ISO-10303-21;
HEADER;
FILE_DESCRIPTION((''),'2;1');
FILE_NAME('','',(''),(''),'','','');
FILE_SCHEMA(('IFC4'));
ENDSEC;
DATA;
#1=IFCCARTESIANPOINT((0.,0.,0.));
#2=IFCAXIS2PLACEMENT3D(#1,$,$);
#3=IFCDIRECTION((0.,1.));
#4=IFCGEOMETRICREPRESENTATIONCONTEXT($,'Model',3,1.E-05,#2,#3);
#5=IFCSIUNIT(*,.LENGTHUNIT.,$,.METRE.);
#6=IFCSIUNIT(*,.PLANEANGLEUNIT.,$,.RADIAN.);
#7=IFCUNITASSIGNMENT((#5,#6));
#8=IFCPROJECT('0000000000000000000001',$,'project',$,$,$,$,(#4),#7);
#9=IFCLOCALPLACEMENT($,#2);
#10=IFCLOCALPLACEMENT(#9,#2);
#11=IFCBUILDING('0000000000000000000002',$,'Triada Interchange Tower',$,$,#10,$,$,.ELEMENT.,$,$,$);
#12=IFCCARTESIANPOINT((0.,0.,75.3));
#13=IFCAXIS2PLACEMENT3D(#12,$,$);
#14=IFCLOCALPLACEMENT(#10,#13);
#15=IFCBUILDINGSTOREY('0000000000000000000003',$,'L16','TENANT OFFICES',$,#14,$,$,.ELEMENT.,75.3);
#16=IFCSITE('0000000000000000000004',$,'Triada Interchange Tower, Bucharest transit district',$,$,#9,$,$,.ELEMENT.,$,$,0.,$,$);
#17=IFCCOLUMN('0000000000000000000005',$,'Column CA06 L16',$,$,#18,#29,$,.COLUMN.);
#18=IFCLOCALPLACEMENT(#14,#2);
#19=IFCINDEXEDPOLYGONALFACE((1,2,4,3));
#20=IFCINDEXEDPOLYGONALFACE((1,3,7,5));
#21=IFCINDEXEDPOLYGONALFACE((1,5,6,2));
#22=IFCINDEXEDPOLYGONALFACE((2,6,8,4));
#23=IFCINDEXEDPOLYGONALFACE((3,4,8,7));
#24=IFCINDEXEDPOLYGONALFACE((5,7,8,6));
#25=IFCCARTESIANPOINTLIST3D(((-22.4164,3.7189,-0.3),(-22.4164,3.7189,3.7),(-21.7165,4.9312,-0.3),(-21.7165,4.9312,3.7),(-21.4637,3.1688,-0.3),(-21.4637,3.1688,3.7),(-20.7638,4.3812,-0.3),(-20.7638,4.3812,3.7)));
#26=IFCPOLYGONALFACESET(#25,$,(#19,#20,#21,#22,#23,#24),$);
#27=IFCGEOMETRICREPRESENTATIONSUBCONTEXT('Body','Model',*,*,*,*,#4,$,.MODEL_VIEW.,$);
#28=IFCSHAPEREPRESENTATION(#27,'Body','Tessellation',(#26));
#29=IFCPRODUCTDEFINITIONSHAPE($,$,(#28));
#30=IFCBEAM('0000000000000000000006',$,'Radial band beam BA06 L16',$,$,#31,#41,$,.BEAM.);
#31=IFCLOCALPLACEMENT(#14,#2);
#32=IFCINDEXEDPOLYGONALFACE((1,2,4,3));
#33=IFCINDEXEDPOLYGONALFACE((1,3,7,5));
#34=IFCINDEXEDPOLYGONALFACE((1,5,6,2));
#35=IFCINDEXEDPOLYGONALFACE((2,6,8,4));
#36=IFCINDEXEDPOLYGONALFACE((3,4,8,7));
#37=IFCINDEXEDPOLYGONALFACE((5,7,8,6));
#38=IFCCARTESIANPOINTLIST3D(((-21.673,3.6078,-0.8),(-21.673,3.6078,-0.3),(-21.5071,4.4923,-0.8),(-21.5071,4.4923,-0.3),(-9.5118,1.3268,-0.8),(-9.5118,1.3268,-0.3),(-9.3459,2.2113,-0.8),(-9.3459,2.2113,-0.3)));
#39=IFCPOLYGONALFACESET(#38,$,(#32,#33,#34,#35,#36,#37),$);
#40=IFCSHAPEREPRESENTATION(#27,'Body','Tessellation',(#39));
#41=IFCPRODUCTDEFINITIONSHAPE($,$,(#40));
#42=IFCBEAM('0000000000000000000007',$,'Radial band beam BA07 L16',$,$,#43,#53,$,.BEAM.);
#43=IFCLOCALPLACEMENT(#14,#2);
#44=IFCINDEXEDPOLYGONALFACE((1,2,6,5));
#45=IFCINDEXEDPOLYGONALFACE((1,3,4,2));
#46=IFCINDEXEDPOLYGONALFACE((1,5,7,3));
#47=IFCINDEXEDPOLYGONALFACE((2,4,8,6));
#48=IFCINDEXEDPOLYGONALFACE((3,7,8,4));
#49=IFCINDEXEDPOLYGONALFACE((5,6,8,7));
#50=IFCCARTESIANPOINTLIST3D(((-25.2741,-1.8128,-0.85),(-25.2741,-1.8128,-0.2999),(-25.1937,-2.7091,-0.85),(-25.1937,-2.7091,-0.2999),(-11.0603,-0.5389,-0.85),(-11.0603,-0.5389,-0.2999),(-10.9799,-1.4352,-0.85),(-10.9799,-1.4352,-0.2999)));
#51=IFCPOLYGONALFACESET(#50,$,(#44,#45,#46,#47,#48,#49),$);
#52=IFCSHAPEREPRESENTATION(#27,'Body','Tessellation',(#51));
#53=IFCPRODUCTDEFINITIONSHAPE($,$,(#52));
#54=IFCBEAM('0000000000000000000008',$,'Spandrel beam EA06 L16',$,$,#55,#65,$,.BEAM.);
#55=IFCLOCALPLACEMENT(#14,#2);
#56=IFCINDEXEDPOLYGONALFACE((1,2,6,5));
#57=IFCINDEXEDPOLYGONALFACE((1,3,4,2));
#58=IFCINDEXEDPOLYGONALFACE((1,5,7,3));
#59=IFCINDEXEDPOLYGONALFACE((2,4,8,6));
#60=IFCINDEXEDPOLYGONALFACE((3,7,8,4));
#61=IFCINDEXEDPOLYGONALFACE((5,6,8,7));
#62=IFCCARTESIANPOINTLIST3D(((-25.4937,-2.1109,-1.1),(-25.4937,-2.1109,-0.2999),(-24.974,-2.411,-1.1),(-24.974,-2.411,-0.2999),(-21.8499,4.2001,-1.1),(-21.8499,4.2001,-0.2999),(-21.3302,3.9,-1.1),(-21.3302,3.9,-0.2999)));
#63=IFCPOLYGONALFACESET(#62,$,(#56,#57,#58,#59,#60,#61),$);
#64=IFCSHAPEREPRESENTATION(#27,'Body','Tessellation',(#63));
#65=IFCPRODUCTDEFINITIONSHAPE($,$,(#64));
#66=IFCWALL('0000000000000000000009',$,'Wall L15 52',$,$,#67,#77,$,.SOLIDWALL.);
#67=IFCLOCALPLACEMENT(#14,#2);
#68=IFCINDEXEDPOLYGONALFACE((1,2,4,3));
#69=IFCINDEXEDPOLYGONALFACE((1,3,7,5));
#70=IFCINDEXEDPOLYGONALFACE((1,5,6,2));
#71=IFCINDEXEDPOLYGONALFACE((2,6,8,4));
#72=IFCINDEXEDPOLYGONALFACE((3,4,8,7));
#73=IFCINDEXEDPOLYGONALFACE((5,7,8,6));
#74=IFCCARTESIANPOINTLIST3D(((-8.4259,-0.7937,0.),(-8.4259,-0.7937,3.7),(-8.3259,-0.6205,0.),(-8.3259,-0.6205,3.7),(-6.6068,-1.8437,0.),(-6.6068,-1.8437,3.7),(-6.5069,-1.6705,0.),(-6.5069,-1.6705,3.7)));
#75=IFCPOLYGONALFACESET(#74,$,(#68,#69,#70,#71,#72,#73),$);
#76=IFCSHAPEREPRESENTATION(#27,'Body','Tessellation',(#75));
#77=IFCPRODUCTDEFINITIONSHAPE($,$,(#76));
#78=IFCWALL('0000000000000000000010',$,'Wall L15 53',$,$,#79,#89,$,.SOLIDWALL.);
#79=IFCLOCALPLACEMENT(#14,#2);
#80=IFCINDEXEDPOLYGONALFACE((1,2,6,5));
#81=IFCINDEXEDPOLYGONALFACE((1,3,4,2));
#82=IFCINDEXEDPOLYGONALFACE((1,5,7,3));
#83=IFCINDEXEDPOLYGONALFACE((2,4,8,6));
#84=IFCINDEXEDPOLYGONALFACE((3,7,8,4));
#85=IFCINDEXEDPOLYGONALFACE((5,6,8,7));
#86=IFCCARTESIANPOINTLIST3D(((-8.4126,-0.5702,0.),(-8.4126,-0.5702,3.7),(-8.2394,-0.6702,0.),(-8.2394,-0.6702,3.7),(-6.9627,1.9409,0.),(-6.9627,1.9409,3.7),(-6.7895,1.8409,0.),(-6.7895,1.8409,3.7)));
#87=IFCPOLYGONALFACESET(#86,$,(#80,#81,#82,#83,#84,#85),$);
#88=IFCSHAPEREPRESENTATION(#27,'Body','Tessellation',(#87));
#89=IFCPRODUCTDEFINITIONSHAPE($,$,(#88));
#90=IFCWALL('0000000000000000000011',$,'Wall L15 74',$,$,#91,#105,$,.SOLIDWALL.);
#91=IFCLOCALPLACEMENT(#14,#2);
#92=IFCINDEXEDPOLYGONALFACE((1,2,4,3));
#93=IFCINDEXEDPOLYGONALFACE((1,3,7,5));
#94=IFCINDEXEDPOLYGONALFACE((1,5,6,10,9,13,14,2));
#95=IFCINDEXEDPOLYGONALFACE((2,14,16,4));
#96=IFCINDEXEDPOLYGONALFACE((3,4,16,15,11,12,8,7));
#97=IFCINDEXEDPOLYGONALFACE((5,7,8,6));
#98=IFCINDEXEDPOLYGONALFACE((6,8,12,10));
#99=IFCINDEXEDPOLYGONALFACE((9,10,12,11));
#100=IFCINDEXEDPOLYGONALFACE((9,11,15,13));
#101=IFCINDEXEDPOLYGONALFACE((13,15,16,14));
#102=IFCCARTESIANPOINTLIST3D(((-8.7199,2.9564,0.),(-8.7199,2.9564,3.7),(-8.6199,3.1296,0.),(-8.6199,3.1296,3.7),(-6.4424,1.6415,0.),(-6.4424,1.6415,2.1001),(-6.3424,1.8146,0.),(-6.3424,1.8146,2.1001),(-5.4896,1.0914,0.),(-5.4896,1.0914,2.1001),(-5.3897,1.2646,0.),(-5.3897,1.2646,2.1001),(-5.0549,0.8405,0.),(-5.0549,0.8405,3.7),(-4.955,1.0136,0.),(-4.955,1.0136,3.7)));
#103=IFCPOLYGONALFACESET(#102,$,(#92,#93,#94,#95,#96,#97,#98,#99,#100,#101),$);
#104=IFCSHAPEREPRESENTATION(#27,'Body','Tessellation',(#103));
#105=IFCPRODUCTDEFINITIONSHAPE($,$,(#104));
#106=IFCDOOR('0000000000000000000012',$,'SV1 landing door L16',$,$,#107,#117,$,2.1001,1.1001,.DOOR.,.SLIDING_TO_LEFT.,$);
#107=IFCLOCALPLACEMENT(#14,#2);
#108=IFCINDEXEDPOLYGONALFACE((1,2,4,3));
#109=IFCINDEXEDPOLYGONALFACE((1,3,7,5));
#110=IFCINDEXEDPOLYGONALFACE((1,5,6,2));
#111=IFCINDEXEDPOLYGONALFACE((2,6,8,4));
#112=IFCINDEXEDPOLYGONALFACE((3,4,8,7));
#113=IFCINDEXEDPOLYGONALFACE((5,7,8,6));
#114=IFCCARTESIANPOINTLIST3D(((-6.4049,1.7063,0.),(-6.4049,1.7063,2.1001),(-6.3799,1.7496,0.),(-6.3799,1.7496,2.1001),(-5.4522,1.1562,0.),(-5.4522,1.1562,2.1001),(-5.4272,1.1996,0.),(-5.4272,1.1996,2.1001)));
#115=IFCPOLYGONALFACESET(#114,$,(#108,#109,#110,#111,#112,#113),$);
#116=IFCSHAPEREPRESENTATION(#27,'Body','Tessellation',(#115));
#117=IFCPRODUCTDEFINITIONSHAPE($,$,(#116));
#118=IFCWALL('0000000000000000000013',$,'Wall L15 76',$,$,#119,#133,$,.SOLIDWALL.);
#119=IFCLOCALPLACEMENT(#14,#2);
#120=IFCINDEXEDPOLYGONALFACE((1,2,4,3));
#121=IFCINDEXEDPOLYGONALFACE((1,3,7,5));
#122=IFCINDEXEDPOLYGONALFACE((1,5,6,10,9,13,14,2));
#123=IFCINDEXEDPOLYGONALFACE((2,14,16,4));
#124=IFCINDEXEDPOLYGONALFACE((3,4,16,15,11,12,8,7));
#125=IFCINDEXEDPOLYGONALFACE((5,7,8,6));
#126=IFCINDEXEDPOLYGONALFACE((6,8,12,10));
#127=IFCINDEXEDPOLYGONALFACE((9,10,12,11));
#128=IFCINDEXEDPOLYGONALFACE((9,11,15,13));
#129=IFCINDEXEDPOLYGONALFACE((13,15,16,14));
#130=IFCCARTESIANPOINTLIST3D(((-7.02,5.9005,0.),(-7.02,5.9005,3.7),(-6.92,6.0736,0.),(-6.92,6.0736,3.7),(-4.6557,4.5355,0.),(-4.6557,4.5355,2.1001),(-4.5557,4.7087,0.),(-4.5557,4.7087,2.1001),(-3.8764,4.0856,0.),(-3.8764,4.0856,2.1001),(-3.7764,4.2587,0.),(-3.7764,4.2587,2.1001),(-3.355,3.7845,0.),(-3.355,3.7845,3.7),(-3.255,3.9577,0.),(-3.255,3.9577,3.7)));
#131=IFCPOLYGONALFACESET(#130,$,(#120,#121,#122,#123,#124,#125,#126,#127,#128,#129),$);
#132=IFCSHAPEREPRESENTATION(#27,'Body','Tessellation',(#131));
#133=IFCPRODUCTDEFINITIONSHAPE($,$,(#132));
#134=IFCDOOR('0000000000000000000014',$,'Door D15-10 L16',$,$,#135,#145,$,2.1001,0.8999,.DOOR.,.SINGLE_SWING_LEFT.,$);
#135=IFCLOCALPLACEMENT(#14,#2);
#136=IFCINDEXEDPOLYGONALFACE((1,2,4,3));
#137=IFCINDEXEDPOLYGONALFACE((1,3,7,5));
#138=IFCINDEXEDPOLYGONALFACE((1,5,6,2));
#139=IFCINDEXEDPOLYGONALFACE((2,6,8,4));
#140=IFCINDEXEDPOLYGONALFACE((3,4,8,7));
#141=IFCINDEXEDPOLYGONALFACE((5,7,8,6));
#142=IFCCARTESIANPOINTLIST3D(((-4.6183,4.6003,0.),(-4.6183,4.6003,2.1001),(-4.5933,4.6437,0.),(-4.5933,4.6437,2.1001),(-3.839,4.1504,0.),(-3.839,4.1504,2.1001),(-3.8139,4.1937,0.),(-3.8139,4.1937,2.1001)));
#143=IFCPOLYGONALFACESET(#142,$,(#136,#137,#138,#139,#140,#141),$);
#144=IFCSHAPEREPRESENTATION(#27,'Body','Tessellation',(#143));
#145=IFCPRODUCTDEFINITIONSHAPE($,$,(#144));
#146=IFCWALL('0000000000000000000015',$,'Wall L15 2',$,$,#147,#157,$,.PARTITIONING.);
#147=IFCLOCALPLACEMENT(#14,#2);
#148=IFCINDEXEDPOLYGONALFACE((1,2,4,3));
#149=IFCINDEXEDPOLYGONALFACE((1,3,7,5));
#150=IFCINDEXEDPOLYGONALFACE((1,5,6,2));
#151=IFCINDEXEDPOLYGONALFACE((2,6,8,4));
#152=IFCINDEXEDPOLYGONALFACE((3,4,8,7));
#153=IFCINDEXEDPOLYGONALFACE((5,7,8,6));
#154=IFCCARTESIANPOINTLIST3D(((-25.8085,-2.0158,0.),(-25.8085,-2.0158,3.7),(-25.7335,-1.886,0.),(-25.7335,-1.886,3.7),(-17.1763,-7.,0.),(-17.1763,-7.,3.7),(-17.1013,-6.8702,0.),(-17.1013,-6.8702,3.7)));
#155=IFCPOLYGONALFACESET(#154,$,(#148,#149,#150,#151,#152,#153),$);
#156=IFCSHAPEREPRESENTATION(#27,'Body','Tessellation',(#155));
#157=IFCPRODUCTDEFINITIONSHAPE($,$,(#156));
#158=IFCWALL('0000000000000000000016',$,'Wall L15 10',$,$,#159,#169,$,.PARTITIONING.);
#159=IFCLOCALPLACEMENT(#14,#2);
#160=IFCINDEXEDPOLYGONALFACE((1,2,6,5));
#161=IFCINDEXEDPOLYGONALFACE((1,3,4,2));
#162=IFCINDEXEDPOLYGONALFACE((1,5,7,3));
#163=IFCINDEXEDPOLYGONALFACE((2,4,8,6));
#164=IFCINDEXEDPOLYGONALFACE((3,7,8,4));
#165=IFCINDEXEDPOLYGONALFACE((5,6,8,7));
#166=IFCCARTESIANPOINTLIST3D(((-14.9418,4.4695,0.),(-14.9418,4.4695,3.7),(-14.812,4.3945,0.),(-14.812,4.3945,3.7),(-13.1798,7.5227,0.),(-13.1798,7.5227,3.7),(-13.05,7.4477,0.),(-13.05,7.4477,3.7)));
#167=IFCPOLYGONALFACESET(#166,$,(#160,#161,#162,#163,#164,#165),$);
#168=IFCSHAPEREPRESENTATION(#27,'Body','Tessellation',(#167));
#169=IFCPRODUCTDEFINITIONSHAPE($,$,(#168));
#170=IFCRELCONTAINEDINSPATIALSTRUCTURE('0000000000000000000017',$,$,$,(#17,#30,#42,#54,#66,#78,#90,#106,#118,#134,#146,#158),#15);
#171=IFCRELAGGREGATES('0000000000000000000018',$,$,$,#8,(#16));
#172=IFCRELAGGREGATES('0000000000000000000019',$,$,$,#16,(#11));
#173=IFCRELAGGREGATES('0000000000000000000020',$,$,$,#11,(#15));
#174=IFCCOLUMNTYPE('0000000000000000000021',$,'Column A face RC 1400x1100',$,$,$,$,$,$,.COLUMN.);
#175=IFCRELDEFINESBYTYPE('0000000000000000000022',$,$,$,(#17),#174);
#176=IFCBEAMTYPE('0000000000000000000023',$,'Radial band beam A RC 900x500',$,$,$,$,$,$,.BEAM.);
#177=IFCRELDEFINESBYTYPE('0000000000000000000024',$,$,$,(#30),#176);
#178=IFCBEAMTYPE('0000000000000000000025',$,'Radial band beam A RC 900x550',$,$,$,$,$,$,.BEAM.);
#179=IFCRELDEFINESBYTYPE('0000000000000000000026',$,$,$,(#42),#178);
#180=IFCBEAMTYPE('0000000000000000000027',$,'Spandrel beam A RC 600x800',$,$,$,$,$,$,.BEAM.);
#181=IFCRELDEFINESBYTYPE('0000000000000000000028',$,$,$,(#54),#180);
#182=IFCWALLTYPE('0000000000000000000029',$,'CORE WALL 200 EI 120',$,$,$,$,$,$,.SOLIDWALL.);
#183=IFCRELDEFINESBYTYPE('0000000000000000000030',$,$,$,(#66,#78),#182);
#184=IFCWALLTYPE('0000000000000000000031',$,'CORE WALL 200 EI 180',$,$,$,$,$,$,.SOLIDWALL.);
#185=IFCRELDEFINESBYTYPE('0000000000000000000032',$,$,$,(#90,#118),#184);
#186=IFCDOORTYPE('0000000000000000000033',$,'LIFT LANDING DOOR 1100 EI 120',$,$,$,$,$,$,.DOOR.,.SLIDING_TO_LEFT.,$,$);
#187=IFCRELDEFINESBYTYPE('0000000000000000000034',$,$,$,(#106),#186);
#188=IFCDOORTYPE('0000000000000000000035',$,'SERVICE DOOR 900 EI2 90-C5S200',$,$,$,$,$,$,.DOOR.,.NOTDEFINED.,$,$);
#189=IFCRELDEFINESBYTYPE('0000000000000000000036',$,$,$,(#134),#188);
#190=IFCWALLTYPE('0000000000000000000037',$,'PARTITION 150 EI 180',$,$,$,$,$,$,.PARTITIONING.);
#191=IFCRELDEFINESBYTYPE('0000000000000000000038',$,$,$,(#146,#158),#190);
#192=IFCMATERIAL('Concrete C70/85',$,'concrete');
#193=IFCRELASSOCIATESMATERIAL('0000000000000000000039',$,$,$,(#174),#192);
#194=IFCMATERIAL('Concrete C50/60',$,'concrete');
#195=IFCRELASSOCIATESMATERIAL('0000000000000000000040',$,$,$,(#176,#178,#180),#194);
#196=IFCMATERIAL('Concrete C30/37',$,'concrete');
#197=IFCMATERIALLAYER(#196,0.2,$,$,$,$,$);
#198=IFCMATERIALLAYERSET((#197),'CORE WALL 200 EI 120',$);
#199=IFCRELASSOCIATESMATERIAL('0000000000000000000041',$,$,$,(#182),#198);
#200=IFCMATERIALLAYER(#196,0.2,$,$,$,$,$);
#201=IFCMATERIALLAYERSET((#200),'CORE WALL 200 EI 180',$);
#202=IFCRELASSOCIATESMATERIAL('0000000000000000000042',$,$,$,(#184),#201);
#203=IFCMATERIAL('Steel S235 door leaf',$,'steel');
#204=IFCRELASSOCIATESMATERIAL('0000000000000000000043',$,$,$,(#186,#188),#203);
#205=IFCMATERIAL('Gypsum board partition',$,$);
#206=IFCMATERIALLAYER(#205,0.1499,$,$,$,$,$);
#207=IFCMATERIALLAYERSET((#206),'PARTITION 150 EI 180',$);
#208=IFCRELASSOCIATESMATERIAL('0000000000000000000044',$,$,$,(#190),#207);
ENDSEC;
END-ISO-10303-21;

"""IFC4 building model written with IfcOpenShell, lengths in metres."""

from ifc_helpers import new_model, si_unit, direction, frame, frame_2d, origin, origin_2d, place, context, subcontext, project, spatial, rectangle, extrude, material, layer, layer_set, material_profile, profile_set, type_object, element, fill, save


model = new_model("IFC4")

# Units and contexts
model_context = context("Model", 3, precision=1e-05, world=origin(), true_north=direction((0.0, 1.0)))
body_context = subcontext(model_context, "Body", "Model", "MODEL_VIEW")
ifc_project = project(units=[si_unit("LENGTHUNIT", "METRE"), si_unit("PLANEANGLEUNIT", "RADIAN")], contexts=[model_context])

# Site, building, storey
site_placement = place(None, origin())
site = spatial("IfcSite", under=ifc_project, at=site_placement, Name="Triada Interchange Tower, Bucharest transit district", CompositionType="ELEMENT", RefElevation=0.0)
building_placement = place(site_placement, origin())
building = spatial("IfcBuilding", under=site, at=building_placement, Name="Triada Interchange Tower", CompositionType="ELEMENT")
storey_placement = place(building_placement, frame((0.0, 0.0, 75.3)))
storey = spatial("IfcBuildingStorey", under=building, at=storey_placement, Name="L16", Description="TENANT OFFICES", CompositionType="ELEMENT", Elevation=75.3)

# Column
ifc_material_1 = material(Name="Concrete C70/85", Category="concrete")
ifc_material_profile_1 = material_profile(ifc_material_1, rectangle(XDim=1.3999, YDim=1.1001, at=origin_2d()), Name="RC 1400x1100")
ifc_profile_set_1 = profile_set([ifc_material_profile_1], Name="Concrete C70/85")
column_type = type_object("IfcColumnType", Name="Column A face RC 1400x1100", PredefinedType="COLUMN", material=ifc_profile_set_1)
column_placement = place(storey_placement, frame((-21.5901, 4.05, -0.3), z_axis=(0.0, 0.0, 1.0), x_axis=(0.5, 0.866025, 0.0)))
element("IfcColumn", 1, at=column_placement, inside=storey, type_object=column_type, Name="Column CA06 L16", PredefinedType="COLUMN", context=body_context, shape_type="SweptSolid", body=[
    extrude(rectangle(XDim=1.3999, YDim=1.1001, at=origin_2d()), origin(), (0.0, 0.0, 1.0), 4.0),
])

# Beams
ifc_material_2 = material(Name="Concrete C50/60", Category="concrete")
ifc_material_profile_2 = material_profile(ifc_material_2, rectangle(XDim=0.8999, YDim=0.5, at=origin_2d()), Name="RC 900x500")
ifc_profile_set_2 = profile_set([ifc_material_profile_2], Name="Concrete C50/60")
beam_type_1 = type_object("IfcBeamType", Name="Radial band beam A RC 900x500", PredefinedType="BEAM", material=ifc_profile_set_2)
beam_1_placement = place(storey_placement, frame((-21.5901, 4.05, -0.55), z_axis=(0.982861, -0.18435, 0.0), x_axis=(0.18435, 0.982861, 0.0)))
element("IfcBeam", 2, at=beam_1_placement, inside=storey, type_object=beam_type_1, Name="Radial band beam BA06 L16", PredefinedType="BEAM", context=body_context, shape_type="SweptSolid", body=[
    extrude(rectangle(XDim=0.8999, YDim=0.5, at=origin_2d()), origin(), (0.0, 0.0, 1.0), 12.3733),
])
ifc_material_profile_3 = material_profile(ifc_material_2, rectangle(XDim=0.8999, YDim=0.55, at=origin_2d()), Name="RC 900x550")
ifc_profile_set_3 = profile_set([ifc_material_profile_3], Name="Concrete C50/60")
beam_type_2 = type_object("IfcBeamType", Name="Radial band beam A RC 900x550", PredefinedType="BEAM", material=ifc_profile_set_3)
beam_2_placement = place(storey_placement, frame((-25.2339, -2.261, -0.575), z_axis=(0.996008, 0.089268, 0.0), x_axis=(-0.089268, 0.996008, 0.0)))
element("IfcBeam", 3, at=beam_2_placement, inside=storey, type_object=beam_type_2, Name="Radial band beam BA07 L16", PredefinedType="BEAM", context=body_context, shape_type="SweptSolid", body=[
    extrude(rectangle(XDim=0.8999, YDim=0.55, at=origin_2d()), origin(), (0.0, 0.0, 1.0), 14.2708),
])
ifc_material_profile_4 = material_profile(ifc_material_2, rectangle(XDim=0.6001, YDim=0.8, at=origin_2d()), Name="RC 600x800")
ifc_profile_set_4 = profile_set([ifc_material_profile_4], Name="Concrete C50/60")
beam_type_3 = type_object("IfcBeamType", Name="Spandrel beam A RC 600x800", PredefinedType="BEAM", material=ifc_profile_set_4)
beam_3_placement = place(storey_placement, frame((-21.5901, 4.05, -0.7), z_axis=(-0.500012, -0.866018, 0.0), x_axis=(0.866018, -0.500012, 0.0)))
element("IfcBeam", 4, at=beam_3_placement, inside=storey, type_object=beam_type_3, Name="Spandrel beam EA06 L16", PredefinedType="BEAM", context=body_context, shape_type="SweptSolid", body=[
    extrude(rectangle(XDim=0.6001, YDim=0.8, at=origin_2d()), origin(), (0.0, 0.0, 1.0), 7.2874),
])

# Walls
ifc_material_3 = material(Name="Concrete C30/37", Category="concrete")
ifc_layer_1 = layer(ifc_material_3, 0.2)
ifc_layer_set_1 = layer_set([ifc_layer_1], Name="CORE WALL 200 EI 120")
wall_type_1 = type_object("IfcWallType", Name="CORE WALL 200 EI 120", PredefinedType="SOLIDWALL", material=ifc_layer_set_1)
wall_1_placement = place(storey_placement, frame((-8.376, -0.707, 0.0), z_axis=(0.0, 0.0, 1.0), x_axis=(0.866068, -0.499927, 0.0)))
element("IfcWall", 5, at=wall_1_placement, inside=storey, type_object=wall_type_1, Name="Wall L15 52", PredefinedType="SOLIDWALL", context=body_context, shape_type="SweptSolid", body=[
    extrude(rectangle(XDim=2.1003, YDim=0.2, at=frame_2d((1.0503, 0.0))), origin(), (0.0, 0.0, 1.0), 3.7),
])
wall_2_placement = place(storey_placement, frame((-8.3259, -0.6201, 0.0), z_axis=(0.0, 0.0, 1.0), x_axis=(0.500024, 0.866012, 0.0)))
element("IfcWall", 6, at=wall_2_placement, inside=storey, type_object=wall_type_1, Name="Wall L15 53", PredefinedType="SOLIDWALL", context=body_context, shape_type="SweptSolid", body=[
    extrude(rectangle(XDim=2.8997, YDim=0.2, at=frame_2d((1.4497, 0.0))), origin(), (0.0, 0.0, 1.0), 3.7),
])

# Walls, openings, doors
ifc_layer_2 = layer(ifc_material_3, 0.2)
ifc_layer_set_2 = layer_set([ifc_layer_2], Name="CORE WALL 200 EI 180")
wall_type_2 = type_object("IfcWallType", Name="CORE WALL 200 EI 180", PredefinedType="SOLIDWALL", material=ifc_layer_set_2)
wall_3_placement = place(storey_placement, frame((-8.6699, 3.043, 0.0), z_axis=(0.0, 0.0, 1.0), x_axis=(0.86603, -0.499992, 0.0)))
wall_3 = element("IfcWall", 7, at=wall_3_placement, inside=storey, type_object=wall_type_2, Name="Wall L15 74", PredefinedType="SOLIDWALL", context=body_context, shape_type="SweptSolid", body=[
    extrude(rectangle(XDim=4.2319, YDim=0.2, at=frame_2d((2.116, 0.0))), origin(), (0.0, 0.0, 1.0), 3.7),
])
opening_1_placement = place(wall_3_placement, frame((2.6299, 0.0, 0.0)))
opening_1 = element("IfcOpeningElement", 8, at=opening_1_placement, cuts=wall_3, PredefinedType="OPENING", context=body_context, shape_type="SweptSolid", body=[
    extrude(rectangle(XDim=1.1001, YDim=2.1001, at=frame_2d((0.55, 1.05))), frame((0.0, 0.1099, 0.0), z_axis=(0.0, -1.0, 0.0), x_axis=(1.0, 0.0, 0.0)), (0.0, 0.0, 1.0), 0.22),
])
ifc_material_4 = material(Name="Steel S235 door leaf", Category="steel")
door_type_1 = type_object("IfcDoorType", Name="LIFT LANDING DOOR 1100 EI 120", OperationType="SLIDING_TO_LEFT", PredefinedType="DOOR", material=ifc_material_4)
door_1_placement = place(opening_1_placement, origin())
door_1 = element("IfcDoor", 9, at=door_1_placement, inside=storey, type_object=door_type_1, Name="SV1 landing door L16", OperationType="SLIDING_TO_LEFT", OverallHeight=2.1001, OverallWidth=1.1001, PredefinedType="DOOR", context=body_context, shape_type="SweptSolid", body=[
    extrude(rectangle(XDim=1.1001, YDim=2.1001, at=frame_2d((0.55, 1.05))), frame((0.0, 0.0249, 0.0), z_axis=(0.0, -1.0, 0.0), x_axis=(1.0, 0.0, 0.0)), (0.0, 0.0, 1.0), 0.05),
])
fill(opening_1, door_1)
wall_4_placement = place(storey_placement, frame((-6.97, 5.9871, 0.0), z_axis=(0.0, 0.0, 1.0), x_axis=(0.86603, -0.499992, 0.0)))
wall_4 = element("IfcWall", 10, at=wall_4_placement, inside=storey, type_object=wall_type_2, Name="Wall L15 76", PredefinedType="SOLIDWALL", context=body_context, shape_type="SweptSolid", body=[
    extrude(rectangle(XDim=4.2319, YDim=0.2, at=frame_2d((2.116, 0.0))), origin(), (0.0, 0.0, 1.0), 3.7),
])
opening_2_placement = place(wall_4_placement, frame((2.73, 0.0, 0.0)))
opening_2 = element("IfcOpeningElement", 11, at=opening_2_placement, cuts=wall_4, PredefinedType="OPENING", context=body_context, shape_type="SweptSolid", body=[
    extrude(rectangle(XDim=0.8999, YDim=2.1001, at=frame_2d((0.45, 1.05))), frame((0.0, 0.1099, 0.0), z_axis=(0.0, -1.0, 0.0), x_axis=(1.0, 0.0, 0.0)), (0.0, 0.0, 1.0), 0.22),
])
door_type_2 = type_object("IfcDoorType", Name="SERVICE DOOR 900 EI2 90-C5S200", OperationType="NOTDEFINED", PredefinedType="DOOR", material=ifc_material_4)
door_2_placement = place(opening_2_placement, origin())
door_2 = element("IfcDoor", 12, at=door_2_placement, inside=storey, type_object=door_type_2, Name="Door D15-10 L16", OperationType="SINGLE_SWING_LEFT", OverallHeight=2.1001, OverallWidth=0.8999, PredefinedType="DOOR", context=body_context, shape_type="SweptSolid", body=[
    extrude(rectangle(XDim=0.8999, YDim=2.1001, at=frame_2d((0.45, 1.05))), frame((0.0, 0.0249, 0.0), z_axis=(0.0, -1.0, 0.0), x_axis=(1.0, 0.0, 0.0)), (0.0, 0.0, 1.0), 0.05),
])
fill(opening_2, door_2)

# Walls
ifc_material_5 = material(Name="Gypsum board partition")
ifc_layer_3 = layer(ifc_material_5, 0.1499)
ifc_layer_set_3 = layer_set([ifc_layer_3], Name="PARTITION 150 EI 180")
wall_type_3 = type_object("IfcWallType", Name="PARTITION 150 EI 180", PredefinedType="PARTITIONING", material=ifc_layer_set_3)
wall_5_placement = place(storey_placement, frame((-25.771, -1.9509, 0.0), z_axis=(0.0, 0.0, 1.0), x_axis=(0.866008, -0.50003, 0.0)))
element("IfcWall", 13, at=wall_5_placement, inside=storey, type_object=wall_type_3, Name="Wall L15 2", PredefinedType="PARTITIONING", context=body_context, shape_type="SweptSolid", body=[
    extrude(rectangle(XDim=9.9678, YDim=0.1499, at=frame_2d((4.9839, 0.0))), origin(), (0.0, 0.0, 1.0), 3.7),
])
wall_6_placement = place(storey_placement, frame((-14.877, 4.4319, 0.0), z_axis=(0.0, 0.0, 1.0), x_axis=(0.499826, 0.866126, 0.0)))
element("IfcWall", 14, at=wall_6_placement, inside=storey, type_object=wall_type_3, Name="Wall L15 10", PredefinedType="PARTITIONING", context=body_context, shape_type="SweptSolid", body=[
    extrude(rectangle(XDim=3.5251, YDim=0.1499, at=frame_2d((1.7627, 0.0))), origin(), (0.0, 0.0, 1.0), 3.7),
])

save(model, "model.ifc")
